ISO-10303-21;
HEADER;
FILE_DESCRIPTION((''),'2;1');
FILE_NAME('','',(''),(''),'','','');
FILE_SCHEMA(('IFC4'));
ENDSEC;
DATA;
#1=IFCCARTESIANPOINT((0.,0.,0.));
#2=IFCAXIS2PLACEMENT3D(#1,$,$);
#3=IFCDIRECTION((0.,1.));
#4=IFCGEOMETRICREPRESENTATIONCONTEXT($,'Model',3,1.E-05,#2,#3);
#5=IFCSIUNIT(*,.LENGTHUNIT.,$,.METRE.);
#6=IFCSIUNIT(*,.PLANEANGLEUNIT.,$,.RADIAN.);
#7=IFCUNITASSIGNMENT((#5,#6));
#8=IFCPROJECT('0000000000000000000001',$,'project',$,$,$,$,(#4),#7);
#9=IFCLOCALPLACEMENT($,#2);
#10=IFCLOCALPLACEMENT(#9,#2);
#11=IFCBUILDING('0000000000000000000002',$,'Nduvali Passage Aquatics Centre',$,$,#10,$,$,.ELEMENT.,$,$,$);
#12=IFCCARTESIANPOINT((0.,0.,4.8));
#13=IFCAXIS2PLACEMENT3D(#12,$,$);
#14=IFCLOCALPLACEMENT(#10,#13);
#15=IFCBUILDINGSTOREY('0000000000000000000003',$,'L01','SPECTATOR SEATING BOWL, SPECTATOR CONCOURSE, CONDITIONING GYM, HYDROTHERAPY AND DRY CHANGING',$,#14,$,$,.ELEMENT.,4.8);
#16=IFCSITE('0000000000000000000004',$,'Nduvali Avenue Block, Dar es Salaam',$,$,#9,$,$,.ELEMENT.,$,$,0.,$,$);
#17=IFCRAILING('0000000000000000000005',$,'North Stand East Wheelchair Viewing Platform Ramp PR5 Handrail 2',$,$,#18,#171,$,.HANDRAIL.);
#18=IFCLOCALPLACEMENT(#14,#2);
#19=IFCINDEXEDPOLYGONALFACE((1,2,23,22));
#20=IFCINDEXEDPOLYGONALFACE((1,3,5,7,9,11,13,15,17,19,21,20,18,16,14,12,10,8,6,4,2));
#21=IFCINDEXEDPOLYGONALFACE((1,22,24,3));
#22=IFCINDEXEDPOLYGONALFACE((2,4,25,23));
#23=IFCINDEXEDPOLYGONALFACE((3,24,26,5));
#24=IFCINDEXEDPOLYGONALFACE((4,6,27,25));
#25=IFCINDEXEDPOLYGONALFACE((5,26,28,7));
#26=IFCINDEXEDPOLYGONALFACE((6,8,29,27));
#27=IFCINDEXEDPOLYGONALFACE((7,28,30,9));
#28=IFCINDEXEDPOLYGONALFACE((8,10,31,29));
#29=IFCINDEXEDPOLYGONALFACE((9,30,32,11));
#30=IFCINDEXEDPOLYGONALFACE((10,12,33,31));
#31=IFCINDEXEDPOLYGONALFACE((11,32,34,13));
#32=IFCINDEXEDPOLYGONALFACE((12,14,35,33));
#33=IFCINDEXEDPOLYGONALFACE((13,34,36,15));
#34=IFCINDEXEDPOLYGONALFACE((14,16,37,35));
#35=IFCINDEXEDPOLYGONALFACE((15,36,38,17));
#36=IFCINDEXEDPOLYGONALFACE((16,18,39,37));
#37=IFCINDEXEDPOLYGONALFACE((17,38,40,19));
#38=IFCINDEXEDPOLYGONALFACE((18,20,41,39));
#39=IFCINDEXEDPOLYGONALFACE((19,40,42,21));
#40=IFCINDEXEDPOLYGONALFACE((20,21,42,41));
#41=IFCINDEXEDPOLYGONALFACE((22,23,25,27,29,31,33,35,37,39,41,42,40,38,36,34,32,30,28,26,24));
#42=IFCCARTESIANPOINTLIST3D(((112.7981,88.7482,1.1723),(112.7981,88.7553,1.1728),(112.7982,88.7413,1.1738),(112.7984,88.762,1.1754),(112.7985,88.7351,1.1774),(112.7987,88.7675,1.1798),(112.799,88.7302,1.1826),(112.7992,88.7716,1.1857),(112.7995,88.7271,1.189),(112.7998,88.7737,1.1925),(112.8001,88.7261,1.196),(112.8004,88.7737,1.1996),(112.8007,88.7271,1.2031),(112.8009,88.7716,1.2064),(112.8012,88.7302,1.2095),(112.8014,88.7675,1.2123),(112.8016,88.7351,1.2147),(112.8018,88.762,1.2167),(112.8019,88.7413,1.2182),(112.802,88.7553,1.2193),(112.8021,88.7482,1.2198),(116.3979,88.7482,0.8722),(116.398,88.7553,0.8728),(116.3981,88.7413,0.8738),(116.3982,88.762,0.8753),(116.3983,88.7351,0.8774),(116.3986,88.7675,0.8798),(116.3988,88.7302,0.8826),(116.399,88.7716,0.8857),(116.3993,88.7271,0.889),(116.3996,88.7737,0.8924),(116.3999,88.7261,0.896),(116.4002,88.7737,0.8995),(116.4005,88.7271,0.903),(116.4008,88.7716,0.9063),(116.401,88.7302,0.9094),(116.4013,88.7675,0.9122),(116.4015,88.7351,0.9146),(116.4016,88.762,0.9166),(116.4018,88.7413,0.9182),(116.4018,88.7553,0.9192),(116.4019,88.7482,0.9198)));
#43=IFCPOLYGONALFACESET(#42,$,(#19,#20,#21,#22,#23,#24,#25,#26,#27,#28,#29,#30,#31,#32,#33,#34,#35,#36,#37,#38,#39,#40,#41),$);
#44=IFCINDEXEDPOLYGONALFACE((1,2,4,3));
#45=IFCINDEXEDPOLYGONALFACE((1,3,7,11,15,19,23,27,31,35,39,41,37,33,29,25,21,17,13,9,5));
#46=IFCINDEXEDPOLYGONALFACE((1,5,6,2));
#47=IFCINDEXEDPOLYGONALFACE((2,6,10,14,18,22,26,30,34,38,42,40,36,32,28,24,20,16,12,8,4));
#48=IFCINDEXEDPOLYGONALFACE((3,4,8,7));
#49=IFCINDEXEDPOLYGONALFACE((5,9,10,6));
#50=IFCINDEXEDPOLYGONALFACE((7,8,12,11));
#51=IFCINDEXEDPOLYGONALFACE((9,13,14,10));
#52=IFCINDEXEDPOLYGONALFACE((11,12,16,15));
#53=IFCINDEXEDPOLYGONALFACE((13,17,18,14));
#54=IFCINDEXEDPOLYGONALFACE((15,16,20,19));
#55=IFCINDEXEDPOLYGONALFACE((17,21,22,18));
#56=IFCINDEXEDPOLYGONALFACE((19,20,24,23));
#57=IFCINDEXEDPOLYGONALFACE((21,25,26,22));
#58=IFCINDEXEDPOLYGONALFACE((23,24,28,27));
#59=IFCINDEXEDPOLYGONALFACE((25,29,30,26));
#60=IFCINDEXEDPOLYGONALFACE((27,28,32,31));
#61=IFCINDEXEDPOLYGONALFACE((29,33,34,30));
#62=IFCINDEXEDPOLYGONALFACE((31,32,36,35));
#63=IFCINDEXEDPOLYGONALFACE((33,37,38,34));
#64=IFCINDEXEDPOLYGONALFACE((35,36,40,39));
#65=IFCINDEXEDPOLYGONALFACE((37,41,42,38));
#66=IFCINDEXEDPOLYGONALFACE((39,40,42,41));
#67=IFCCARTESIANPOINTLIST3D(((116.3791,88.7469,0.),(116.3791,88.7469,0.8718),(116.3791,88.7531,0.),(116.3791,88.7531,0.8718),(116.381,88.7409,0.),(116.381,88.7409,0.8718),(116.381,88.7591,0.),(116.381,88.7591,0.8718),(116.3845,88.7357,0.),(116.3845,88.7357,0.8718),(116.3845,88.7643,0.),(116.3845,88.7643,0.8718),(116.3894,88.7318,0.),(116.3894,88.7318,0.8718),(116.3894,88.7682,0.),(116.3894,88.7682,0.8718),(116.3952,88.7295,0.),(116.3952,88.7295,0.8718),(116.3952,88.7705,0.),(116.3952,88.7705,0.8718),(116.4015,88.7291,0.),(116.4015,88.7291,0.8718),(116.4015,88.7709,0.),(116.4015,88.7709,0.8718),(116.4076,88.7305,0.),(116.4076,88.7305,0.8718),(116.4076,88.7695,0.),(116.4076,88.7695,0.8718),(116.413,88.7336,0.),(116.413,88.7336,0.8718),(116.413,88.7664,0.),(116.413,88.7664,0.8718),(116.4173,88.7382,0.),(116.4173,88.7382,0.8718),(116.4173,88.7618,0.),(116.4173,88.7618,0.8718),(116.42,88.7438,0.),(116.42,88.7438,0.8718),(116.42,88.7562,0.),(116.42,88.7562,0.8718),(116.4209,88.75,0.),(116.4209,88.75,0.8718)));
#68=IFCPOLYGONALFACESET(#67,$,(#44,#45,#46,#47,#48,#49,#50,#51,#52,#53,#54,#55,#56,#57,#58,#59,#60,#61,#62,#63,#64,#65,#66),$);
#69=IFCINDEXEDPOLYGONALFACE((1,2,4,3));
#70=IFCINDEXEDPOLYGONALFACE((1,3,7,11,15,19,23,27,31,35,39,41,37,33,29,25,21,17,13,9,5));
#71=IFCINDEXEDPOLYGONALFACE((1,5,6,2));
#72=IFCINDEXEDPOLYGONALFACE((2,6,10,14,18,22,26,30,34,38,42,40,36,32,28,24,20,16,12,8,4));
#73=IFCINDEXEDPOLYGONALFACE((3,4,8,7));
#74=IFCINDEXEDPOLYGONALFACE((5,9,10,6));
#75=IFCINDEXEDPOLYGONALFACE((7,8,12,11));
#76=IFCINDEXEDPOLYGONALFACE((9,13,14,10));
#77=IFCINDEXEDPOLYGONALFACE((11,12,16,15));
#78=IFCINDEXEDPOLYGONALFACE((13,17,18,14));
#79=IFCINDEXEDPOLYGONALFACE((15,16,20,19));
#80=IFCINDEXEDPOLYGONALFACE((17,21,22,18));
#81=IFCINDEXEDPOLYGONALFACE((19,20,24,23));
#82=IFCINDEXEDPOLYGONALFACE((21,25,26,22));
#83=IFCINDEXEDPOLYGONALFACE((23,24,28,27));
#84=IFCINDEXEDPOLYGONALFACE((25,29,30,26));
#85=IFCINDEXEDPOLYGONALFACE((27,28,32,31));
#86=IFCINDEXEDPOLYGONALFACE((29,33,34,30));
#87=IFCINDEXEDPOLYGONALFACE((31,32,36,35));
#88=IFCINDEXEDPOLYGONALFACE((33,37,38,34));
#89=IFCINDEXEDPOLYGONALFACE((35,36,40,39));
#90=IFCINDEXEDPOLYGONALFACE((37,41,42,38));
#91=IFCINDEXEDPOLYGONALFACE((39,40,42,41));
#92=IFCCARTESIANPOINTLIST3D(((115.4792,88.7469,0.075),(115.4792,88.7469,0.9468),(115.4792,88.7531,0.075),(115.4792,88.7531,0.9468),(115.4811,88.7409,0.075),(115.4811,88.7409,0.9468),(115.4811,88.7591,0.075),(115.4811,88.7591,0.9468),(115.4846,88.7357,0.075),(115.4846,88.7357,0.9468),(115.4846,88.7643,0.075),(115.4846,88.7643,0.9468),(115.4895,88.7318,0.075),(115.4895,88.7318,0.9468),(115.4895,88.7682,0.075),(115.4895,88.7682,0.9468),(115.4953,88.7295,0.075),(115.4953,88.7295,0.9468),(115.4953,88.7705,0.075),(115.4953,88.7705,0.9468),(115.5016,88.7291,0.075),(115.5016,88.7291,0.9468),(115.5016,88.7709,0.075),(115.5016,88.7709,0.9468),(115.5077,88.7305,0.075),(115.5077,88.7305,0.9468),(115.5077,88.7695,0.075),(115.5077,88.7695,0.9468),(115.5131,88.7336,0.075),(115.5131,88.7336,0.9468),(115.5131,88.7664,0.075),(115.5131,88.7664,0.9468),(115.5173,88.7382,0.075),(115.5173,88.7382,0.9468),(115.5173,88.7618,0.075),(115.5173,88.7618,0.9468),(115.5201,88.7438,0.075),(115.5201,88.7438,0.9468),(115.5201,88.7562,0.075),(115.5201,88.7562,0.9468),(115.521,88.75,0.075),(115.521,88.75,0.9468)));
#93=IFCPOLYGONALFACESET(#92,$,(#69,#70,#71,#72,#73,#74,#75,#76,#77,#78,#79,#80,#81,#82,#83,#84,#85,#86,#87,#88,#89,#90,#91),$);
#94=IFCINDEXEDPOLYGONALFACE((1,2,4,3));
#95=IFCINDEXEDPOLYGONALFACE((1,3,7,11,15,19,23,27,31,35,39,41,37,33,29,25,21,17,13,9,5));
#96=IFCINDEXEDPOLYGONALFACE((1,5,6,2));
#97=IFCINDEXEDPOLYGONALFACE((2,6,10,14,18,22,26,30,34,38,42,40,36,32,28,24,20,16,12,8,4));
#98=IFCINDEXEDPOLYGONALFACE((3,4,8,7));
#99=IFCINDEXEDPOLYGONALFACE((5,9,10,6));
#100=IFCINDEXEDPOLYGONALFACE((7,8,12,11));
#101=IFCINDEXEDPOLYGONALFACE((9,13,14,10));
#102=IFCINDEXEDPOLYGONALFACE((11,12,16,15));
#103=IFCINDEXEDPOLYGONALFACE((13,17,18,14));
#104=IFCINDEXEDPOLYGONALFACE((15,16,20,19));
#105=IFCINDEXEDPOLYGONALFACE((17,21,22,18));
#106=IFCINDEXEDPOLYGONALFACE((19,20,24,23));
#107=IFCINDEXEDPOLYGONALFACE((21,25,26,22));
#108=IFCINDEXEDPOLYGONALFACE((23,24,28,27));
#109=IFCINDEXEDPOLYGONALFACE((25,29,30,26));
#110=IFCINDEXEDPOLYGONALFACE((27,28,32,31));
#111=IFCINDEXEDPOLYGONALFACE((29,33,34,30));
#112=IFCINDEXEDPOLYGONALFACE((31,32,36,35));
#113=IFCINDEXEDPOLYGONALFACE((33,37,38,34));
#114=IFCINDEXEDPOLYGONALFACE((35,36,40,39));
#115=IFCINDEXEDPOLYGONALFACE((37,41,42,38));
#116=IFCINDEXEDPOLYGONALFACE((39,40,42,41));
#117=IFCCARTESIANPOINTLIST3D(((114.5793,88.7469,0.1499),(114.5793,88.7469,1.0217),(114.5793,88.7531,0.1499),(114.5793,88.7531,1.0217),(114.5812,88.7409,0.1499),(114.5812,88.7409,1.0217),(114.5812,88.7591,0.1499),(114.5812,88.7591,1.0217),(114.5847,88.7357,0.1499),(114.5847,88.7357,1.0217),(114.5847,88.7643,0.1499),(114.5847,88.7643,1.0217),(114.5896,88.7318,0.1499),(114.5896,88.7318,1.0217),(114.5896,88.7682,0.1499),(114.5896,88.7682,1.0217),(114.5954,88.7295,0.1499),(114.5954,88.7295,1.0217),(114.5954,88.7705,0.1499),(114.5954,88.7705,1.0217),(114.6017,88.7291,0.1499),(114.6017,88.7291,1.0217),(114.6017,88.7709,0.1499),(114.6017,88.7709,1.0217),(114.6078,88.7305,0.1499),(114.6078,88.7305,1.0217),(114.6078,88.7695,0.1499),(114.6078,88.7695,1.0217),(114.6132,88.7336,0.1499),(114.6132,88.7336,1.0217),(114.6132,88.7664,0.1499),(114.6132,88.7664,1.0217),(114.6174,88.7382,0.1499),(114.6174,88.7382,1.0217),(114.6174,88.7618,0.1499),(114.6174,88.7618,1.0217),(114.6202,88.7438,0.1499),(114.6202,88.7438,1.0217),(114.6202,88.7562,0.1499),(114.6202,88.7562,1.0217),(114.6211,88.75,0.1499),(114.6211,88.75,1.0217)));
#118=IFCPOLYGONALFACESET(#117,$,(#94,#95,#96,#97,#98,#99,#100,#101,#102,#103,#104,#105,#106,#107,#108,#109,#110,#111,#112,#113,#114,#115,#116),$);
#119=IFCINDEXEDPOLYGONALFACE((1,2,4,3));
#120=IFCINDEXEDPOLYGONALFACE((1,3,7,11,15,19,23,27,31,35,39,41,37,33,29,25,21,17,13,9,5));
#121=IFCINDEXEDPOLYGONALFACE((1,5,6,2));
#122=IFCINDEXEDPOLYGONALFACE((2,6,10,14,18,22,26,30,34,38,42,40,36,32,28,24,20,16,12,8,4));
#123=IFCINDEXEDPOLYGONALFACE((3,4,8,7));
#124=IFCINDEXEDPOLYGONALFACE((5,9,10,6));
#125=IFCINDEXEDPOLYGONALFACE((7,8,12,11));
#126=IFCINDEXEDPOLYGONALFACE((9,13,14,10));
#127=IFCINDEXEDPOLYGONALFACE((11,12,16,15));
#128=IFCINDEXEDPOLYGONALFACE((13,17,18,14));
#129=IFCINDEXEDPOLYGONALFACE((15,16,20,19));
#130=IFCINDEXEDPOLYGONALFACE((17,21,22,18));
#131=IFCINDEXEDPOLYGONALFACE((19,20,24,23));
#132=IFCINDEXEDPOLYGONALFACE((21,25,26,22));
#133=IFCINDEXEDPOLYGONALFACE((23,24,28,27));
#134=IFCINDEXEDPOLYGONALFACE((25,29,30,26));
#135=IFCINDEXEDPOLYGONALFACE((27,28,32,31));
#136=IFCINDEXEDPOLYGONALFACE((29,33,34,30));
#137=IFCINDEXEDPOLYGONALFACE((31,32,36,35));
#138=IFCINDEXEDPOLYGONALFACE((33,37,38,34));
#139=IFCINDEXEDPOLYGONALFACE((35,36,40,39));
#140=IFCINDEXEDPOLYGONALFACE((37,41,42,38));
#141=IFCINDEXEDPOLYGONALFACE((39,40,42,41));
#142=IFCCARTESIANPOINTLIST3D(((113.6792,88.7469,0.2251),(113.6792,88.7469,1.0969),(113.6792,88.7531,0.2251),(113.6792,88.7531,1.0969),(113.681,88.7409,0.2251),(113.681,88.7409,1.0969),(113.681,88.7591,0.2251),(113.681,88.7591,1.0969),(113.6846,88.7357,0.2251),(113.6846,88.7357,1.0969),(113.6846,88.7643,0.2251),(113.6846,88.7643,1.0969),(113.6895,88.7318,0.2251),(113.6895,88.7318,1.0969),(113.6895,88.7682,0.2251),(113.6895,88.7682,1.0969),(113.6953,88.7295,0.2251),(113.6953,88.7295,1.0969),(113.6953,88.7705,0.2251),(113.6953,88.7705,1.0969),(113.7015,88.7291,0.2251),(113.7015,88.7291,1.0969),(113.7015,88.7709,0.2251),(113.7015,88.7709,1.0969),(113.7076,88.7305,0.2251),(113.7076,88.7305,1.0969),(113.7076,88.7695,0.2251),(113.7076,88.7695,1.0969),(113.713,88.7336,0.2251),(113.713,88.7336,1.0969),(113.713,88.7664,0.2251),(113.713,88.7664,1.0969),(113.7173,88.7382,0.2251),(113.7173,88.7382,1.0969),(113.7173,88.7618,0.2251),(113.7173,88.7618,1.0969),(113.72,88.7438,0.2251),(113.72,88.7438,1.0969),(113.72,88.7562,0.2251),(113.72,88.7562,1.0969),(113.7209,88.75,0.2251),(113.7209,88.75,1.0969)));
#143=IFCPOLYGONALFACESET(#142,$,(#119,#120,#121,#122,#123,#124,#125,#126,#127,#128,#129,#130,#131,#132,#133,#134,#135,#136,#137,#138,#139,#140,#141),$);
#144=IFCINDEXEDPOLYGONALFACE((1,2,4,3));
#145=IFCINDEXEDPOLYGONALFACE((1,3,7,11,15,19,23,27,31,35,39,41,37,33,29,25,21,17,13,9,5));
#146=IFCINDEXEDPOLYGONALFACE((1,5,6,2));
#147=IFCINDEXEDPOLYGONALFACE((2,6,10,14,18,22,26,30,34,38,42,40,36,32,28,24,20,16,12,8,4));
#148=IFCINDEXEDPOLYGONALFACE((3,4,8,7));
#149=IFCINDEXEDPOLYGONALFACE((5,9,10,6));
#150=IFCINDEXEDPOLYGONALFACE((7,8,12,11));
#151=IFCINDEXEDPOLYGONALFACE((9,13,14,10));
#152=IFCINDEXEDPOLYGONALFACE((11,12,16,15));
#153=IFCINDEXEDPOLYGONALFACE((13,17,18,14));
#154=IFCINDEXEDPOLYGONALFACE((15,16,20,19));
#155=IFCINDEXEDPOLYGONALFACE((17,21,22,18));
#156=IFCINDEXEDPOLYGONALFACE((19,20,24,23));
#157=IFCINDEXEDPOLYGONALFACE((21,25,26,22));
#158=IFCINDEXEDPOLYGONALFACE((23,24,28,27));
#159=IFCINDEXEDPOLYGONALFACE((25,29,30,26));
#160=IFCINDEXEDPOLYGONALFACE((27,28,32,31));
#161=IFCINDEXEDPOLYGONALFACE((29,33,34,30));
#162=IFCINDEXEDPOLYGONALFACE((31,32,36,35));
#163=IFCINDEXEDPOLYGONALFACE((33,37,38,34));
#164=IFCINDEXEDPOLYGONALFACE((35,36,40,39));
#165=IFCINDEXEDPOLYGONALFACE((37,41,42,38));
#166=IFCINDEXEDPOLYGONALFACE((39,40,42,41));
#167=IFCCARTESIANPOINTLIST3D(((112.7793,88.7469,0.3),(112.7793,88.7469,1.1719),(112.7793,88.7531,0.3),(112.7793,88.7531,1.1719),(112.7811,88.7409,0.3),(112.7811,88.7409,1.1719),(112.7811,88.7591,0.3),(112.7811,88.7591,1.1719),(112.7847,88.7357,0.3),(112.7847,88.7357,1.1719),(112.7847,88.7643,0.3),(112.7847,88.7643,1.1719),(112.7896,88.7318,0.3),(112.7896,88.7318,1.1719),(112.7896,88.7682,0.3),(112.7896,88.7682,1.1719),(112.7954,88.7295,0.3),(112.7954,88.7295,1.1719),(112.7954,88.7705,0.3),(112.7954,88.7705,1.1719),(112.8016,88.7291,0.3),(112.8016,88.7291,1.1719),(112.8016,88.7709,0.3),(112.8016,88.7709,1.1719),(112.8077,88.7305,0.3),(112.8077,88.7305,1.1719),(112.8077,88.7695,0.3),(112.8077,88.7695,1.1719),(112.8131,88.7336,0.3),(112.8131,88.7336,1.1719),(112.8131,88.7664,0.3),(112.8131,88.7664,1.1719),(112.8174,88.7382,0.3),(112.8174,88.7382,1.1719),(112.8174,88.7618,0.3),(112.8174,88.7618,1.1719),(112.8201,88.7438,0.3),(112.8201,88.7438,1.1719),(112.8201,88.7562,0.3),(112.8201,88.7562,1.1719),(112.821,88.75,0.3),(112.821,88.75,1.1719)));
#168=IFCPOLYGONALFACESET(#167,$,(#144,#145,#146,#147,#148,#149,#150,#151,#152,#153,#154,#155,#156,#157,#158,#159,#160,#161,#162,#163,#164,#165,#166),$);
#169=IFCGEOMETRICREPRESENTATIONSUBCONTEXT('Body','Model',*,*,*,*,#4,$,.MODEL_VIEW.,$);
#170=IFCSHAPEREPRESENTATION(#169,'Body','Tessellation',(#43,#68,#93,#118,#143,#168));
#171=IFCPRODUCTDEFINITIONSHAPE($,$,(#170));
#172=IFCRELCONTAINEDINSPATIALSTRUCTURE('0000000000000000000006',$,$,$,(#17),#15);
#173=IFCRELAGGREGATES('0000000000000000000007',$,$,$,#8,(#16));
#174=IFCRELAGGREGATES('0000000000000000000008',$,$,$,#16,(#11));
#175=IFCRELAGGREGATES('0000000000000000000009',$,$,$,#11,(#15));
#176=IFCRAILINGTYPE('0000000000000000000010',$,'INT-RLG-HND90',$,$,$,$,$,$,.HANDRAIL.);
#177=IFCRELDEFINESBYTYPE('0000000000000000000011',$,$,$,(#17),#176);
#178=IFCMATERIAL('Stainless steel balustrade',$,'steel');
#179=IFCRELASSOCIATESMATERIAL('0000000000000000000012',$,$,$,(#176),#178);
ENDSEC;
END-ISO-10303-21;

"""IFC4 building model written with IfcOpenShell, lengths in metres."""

from ifc_helpers import new_model, si_unit, direction, frame, origin, origin_2d, place, context, subcontext, project, spatial, circle, extrude, material, type_object, element, save


model = new_model("IFC4")

# Units and contexts
model_context = context("Model", 3, precision=1e-05, world=origin(), true_north=direction((0.0, 1.0)))
body_context = subcontext(model_context, "Body", "Model", "MODEL_VIEW")
ifc_project = project(units=[si_unit("LENGTHUNIT", "METRE"), si_unit("PLANEANGLEUNIT", "RADIAN")], contexts=[model_context])

# Site, building, storey
site_placement = place(None, origin())
site = spatial("IfcSite", under=ifc_project, at=site_placement, Name="Nduvali Avenue Block, Dar es Salaam", CompositionType="ELEMENT", RefElevation=0.0)
building_placement = place(site_placement, origin())
building = spatial("IfcBuilding", under=site, at=building_placement, Name="Nduvali Passage Aquatics Centre", CompositionType="ELEMENT")
storey_placement = place(building_placement, frame((0.0, 0.0, 4.8)))
storey = spatial("IfcBuildingStorey", under=building, at=storey_placement, Name="L01", Description="SPECTATOR SEATING BOWL, SPECTATOR CONCOURSE, CONDITIONING GYM, HYDROTHERAPY AND DRY CHANGING", CompositionType="ELEMENT", Elevation=4.8)

# Railing
ifc_material_1 = material(Name="Stainless steel balustrade", Category="steel")
railing_type_1 = type_object("IfcRailingType", Name="INT-RLG-HND90", PredefinedType="HANDRAIL", material=ifc_material_1)
for number, where, name in (
    (1, (116.3999, 88.75, 0.0), "North Stand East Wheelchair Viewing Platform Ramp PR5 Handrail 2"),
):
    element("IfcRailing", number, at=place(storey_placement, frame(where)), inside=storey, type_object=railing_type_1, Name=name, PredefinedType="HANDRAIL", context=body_context, shape_type="SweptSolid", body=[
        extrude(circle(Radius=0.0239, at=origin_2d()), frame((0.0, 0.0, 0.896), z_axis=(-0.996544, 0.0, 0.083062), x_axis=(0.0, -1.0, 0.0)), (0.0, 0.0, 1.0), 3.6123),
        extrude(circle(Radius=0.021, at=origin_2d()), origin(), (0.0, 0.0, 1.0), 0.8718),
        extrude(circle(Radius=0.021, at=origin_2d()), frame((-0.8999, 0.0, 0.075)), (0.0, 0.0, 1.0), 0.8718),
        extrude(circle(Radius=0.021, at=origin_2d()), frame((-1.7998, 0.0, 0.1499)), (0.0, 0.0, 1.0), 0.8718),
        extrude(circle(Radius=0.021, at=origin_2d()), frame((-2.7, 0.0, 0.2251)), (0.0, 0.0, 1.0), 0.8718),
        extrude(circle(Radius=0.021, at=origin_2d()), frame((-3.5999, 0.0, 0.3)), (0.0, 0.0, 1.0), 0.8718),
    ])

save(model, "model.ifc")
